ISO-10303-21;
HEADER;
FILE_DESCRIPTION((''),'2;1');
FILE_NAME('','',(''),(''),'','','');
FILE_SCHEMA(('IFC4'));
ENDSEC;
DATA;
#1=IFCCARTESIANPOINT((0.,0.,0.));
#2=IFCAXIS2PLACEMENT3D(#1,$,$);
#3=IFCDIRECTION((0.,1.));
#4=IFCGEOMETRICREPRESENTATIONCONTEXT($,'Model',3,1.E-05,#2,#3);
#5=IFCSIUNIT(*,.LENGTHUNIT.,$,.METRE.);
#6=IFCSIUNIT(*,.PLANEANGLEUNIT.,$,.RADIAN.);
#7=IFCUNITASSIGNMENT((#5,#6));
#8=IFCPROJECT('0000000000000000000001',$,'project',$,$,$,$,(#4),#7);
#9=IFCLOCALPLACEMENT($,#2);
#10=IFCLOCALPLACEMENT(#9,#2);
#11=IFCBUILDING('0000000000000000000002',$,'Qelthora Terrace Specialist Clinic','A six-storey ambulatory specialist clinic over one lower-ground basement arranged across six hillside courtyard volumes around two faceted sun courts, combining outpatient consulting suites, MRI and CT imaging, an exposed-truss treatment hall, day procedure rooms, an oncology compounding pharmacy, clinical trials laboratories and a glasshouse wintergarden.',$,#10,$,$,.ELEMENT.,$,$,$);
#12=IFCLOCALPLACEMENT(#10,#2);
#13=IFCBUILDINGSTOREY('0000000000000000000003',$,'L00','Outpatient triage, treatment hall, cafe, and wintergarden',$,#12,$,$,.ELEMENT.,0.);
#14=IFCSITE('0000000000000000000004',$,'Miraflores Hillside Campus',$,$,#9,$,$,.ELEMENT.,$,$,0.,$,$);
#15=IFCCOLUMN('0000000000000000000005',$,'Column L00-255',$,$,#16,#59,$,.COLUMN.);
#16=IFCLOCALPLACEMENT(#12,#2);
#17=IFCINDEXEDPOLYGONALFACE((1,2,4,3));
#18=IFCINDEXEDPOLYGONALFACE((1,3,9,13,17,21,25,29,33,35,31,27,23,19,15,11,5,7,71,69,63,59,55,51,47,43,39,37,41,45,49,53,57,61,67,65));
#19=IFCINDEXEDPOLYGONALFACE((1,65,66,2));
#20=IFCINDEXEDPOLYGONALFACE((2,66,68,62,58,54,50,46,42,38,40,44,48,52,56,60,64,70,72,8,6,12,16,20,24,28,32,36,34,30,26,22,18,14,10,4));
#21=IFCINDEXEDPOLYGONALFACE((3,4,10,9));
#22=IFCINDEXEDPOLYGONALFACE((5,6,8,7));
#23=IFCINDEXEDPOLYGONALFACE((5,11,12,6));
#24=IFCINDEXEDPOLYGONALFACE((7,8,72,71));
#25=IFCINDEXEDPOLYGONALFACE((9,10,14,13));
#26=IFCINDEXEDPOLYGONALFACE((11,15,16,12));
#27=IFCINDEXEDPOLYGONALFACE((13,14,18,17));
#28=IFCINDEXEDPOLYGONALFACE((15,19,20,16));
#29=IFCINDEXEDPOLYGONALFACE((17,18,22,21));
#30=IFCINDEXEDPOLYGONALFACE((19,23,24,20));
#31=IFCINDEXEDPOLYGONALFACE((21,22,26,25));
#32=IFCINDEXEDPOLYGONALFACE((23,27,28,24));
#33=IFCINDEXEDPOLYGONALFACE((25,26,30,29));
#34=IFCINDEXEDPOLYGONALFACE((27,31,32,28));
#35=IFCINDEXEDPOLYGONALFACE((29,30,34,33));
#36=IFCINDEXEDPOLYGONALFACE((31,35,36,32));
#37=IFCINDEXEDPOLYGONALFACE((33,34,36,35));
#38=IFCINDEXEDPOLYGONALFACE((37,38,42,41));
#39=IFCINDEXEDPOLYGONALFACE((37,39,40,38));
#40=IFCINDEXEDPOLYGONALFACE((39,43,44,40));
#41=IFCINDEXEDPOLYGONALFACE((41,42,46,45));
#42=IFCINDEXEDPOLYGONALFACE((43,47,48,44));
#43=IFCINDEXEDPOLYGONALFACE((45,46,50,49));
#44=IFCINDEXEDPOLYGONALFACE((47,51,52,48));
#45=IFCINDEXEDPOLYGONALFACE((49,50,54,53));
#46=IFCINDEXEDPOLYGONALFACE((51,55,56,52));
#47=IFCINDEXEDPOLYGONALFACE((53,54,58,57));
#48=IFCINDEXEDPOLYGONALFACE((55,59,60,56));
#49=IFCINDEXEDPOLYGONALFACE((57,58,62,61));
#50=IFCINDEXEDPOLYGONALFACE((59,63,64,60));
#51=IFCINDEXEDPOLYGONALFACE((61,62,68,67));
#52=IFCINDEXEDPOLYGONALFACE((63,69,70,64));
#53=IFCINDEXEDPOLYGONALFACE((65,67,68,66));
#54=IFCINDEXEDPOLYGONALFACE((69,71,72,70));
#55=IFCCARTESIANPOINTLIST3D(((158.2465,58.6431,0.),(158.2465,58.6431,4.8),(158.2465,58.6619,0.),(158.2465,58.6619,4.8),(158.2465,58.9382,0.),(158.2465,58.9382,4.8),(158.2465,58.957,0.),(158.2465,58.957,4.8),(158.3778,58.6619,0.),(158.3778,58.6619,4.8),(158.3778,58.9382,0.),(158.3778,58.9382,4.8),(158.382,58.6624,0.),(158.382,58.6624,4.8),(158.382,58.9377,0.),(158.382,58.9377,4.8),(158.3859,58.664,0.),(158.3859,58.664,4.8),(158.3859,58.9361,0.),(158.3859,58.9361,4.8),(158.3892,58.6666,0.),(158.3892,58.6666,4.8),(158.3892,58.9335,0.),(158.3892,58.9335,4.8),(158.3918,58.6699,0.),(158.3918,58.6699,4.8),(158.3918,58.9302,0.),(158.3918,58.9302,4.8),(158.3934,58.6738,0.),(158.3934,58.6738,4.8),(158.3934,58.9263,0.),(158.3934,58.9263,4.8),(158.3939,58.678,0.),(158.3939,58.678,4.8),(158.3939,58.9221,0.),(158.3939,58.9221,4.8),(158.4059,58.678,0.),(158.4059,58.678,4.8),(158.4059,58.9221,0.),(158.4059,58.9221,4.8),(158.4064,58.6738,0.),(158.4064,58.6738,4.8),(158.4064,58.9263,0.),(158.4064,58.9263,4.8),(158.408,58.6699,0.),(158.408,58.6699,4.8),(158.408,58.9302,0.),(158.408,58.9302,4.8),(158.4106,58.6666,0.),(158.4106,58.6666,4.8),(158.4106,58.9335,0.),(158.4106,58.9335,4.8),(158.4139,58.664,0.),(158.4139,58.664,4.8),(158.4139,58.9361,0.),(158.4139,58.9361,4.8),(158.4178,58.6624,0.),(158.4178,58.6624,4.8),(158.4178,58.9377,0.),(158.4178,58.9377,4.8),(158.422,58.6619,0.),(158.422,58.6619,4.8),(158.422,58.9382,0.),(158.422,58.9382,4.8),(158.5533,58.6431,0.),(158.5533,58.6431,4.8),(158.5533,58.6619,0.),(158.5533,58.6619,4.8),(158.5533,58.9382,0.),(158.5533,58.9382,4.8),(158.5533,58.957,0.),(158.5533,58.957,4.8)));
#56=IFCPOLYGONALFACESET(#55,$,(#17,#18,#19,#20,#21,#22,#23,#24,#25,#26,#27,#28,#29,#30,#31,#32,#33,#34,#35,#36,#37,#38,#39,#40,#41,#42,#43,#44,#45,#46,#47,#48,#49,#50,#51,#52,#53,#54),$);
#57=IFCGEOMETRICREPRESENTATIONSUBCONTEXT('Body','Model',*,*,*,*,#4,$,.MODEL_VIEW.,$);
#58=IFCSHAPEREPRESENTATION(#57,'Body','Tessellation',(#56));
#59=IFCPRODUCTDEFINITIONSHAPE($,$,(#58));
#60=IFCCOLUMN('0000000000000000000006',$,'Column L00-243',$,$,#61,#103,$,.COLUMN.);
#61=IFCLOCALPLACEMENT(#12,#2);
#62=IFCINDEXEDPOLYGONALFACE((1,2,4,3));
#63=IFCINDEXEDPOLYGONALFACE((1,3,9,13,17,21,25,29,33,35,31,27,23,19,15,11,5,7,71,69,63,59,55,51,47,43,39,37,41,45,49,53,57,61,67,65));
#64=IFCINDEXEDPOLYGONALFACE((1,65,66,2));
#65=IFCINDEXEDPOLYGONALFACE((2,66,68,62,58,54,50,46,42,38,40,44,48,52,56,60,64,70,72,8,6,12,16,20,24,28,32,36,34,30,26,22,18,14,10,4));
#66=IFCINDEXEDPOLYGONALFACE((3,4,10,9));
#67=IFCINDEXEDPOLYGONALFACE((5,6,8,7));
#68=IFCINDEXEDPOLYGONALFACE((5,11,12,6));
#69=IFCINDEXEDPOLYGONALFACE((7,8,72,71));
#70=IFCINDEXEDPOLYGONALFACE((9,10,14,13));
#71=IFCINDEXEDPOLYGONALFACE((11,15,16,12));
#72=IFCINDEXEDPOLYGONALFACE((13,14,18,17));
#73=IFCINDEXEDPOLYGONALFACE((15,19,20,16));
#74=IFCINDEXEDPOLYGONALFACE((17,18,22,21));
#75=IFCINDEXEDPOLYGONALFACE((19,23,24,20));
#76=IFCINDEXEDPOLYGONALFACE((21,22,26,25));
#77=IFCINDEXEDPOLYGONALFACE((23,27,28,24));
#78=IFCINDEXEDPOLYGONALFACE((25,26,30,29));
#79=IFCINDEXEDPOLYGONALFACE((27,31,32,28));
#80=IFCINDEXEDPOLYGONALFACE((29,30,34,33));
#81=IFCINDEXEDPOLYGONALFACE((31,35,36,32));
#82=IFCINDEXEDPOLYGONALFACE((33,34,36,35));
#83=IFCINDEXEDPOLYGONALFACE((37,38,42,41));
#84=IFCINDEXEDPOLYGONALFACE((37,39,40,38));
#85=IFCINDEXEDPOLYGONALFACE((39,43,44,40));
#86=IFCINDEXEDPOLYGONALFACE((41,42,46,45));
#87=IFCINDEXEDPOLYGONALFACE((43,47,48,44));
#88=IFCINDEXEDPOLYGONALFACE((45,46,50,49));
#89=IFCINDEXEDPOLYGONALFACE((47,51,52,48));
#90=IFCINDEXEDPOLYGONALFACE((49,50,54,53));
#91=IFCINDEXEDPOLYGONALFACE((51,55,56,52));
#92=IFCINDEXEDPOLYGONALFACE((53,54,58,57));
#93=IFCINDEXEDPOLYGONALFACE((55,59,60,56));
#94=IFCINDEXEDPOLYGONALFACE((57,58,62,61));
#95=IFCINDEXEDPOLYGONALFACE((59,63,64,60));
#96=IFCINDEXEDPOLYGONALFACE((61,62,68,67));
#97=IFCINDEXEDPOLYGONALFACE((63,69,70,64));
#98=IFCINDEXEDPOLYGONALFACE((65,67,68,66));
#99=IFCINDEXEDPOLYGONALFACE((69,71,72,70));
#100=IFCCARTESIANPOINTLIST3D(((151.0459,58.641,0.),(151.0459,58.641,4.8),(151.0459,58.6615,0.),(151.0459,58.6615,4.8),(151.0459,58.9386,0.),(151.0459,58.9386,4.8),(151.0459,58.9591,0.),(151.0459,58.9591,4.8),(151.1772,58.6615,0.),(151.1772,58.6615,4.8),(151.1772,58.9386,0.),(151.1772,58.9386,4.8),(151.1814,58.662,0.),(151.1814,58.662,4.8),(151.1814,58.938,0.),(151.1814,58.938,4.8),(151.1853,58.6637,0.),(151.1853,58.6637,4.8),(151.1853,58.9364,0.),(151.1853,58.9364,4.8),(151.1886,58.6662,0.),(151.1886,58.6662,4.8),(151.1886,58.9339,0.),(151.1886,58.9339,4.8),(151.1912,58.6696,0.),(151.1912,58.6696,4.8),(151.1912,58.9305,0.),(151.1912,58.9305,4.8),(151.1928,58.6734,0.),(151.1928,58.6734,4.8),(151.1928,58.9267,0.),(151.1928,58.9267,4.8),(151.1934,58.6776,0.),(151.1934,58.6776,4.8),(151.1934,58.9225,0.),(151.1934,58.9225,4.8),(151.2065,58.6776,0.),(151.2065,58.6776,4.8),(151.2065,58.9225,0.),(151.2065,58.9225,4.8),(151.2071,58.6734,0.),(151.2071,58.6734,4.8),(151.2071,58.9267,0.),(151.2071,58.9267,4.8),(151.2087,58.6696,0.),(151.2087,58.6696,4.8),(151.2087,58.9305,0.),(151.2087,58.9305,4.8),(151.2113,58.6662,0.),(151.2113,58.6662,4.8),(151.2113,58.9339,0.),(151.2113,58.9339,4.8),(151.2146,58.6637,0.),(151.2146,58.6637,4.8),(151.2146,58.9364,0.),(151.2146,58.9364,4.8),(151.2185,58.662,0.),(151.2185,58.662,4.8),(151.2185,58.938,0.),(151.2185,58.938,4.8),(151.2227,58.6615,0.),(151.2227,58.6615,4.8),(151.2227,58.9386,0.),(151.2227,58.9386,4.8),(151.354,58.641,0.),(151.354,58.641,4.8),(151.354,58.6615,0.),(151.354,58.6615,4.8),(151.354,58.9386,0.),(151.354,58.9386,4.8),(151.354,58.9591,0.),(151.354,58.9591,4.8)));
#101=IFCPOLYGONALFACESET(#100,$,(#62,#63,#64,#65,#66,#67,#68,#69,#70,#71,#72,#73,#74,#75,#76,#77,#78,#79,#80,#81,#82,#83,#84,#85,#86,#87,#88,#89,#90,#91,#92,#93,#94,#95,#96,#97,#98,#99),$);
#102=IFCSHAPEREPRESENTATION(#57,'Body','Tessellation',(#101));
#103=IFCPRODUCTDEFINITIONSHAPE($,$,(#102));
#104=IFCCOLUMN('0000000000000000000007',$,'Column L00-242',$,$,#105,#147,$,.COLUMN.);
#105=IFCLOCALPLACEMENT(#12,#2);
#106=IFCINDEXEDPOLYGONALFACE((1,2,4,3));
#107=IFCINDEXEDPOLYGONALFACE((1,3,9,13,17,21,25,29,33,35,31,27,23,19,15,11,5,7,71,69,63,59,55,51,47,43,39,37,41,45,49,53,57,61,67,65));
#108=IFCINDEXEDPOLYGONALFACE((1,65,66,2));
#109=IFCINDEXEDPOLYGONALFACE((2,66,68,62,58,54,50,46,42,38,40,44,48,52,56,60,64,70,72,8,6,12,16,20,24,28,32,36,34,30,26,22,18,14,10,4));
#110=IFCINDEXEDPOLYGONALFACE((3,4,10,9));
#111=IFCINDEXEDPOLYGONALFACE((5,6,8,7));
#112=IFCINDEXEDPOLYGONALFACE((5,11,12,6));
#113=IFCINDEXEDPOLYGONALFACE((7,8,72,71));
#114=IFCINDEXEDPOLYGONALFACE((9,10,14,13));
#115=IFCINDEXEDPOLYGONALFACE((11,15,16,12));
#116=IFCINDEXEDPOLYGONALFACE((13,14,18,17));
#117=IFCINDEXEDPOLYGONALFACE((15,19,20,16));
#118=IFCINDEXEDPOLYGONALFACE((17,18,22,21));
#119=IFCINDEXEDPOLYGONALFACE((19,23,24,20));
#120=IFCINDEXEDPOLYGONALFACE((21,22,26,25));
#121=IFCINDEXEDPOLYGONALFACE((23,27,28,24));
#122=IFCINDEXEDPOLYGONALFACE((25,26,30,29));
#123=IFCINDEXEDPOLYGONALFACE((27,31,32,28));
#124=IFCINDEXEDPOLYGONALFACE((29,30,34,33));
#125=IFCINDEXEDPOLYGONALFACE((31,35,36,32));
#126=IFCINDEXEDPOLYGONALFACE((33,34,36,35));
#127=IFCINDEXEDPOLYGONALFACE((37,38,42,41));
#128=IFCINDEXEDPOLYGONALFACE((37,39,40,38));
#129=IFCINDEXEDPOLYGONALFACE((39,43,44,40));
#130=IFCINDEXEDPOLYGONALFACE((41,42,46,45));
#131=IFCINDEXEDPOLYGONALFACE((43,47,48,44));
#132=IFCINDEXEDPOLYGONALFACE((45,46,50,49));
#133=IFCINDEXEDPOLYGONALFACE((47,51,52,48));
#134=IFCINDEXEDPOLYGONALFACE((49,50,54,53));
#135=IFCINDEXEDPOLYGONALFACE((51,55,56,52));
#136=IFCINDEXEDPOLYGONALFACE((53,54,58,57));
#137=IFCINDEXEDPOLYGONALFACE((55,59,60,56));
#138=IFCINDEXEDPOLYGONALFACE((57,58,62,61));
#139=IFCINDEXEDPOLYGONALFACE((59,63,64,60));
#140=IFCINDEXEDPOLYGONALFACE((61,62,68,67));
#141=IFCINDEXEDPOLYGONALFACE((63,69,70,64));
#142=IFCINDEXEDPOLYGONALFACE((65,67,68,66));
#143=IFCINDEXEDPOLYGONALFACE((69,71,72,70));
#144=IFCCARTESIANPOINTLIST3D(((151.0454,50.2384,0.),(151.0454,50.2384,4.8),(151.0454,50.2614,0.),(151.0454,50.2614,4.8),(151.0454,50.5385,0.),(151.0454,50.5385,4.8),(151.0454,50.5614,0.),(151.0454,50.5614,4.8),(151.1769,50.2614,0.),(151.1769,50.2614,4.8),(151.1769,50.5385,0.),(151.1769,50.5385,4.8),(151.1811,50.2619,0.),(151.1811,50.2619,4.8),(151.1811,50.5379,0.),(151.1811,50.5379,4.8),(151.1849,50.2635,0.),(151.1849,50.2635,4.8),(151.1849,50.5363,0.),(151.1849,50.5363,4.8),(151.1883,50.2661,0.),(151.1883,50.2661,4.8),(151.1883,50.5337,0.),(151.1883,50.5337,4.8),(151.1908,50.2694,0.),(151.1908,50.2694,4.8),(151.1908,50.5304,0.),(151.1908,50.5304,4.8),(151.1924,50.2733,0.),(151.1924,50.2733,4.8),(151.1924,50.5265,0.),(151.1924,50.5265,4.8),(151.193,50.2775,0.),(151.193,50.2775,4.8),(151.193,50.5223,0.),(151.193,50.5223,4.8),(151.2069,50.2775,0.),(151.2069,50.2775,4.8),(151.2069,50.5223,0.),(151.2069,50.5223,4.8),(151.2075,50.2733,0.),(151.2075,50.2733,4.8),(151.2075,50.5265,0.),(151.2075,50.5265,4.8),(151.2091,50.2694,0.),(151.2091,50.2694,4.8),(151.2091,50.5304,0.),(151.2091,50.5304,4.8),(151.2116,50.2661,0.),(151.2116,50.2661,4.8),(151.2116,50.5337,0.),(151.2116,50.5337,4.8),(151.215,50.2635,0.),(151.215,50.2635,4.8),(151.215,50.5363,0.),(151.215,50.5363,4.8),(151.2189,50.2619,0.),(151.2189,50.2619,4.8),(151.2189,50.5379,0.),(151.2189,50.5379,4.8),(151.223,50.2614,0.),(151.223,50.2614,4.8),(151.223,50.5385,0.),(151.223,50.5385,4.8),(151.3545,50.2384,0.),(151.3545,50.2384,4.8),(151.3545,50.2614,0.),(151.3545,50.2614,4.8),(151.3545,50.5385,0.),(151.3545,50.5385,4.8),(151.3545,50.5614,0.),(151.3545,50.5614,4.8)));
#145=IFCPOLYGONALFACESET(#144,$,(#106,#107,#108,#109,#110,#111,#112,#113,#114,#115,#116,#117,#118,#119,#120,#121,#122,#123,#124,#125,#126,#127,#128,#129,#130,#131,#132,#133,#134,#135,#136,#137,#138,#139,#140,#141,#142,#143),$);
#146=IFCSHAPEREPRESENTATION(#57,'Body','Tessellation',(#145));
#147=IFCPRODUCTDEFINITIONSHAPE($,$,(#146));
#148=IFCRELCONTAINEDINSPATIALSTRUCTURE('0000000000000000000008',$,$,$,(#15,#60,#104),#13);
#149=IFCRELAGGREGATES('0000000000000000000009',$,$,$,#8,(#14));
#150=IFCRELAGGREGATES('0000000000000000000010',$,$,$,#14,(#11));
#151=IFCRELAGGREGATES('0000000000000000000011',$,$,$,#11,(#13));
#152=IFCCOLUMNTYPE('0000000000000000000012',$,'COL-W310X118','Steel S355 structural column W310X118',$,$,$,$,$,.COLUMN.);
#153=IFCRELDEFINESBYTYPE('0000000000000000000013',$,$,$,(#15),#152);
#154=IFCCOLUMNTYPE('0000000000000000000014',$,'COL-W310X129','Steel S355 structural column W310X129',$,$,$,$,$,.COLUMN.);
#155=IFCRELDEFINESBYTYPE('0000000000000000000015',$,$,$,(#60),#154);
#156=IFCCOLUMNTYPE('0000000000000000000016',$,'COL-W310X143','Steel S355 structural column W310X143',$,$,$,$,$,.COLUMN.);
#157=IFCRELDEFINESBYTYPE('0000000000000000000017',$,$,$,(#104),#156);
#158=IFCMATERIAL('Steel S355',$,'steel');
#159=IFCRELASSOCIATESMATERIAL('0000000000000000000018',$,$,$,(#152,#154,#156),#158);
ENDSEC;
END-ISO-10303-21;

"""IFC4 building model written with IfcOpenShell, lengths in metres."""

from ifc_helpers import new_model, si_unit, direction, frame, origin, origin_2d, place, context, subcontext, project, spatial, i_section, extrude, material, material_profile, profile_set, type_object, element, save


model = new_model("IFC4")

# Units and contexts
model_context = context("Model", 3, precision=1e-05, world=origin(), true_north=direction((0.0, 1.0)))
body_context = subcontext(model_context, "Body", "Model", "MODEL_VIEW")
ifc_project = project(units=[si_unit("LENGTHUNIT", "METRE"), si_unit("PLANEANGLEUNIT", "RADIAN")], contexts=[model_context])

# Site, building, storey
site_placement = place(None, origin())
site = spatial("IfcSite", under=ifc_project, at=site_placement, Name="Miraflores Hillside Campus", CompositionType="ELEMENT", RefElevation=0.0)
building_placement = place(site_placement, origin())
building = spatial("IfcBuilding", under=site, at=building_placement, Name="Qelthora Terrace Specialist Clinic", Description="A six-storey ambulatory specialist clinic over one lower-ground basement arranged across six hillside courtyard volumes around two faceted sun courts, combining outpatient consulting suites, MRI and CT imaging, an exposed-truss treatment hall, day procedure rooms, an oncology compounding pharmacy, clinical trials laboratories and a glasshouse wintergarden.", CompositionType="ELEMENT")
storey_placement = place(building_placement, origin())
storey = spatial("IfcBuildingStorey", under=building, at=storey_placement, Name="L00", Description="Outpatient triage, treatment hall, cafe, and wintergarden", CompositionType="ELEMENT", Elevation=0.0)

# Columns
ifc_material_1 = material(Name="Steel S355", Category="steel")
ifc_material_profile_1 = material_profile(ifc_material_1, i_section(OverallWidth=0.3069, OverallDepth=0.314, WebThickness=0.012, FlangeThickness=0.0188, FilletRadius=0.0161, at=origin_2d()), Name="W310X118")
ifc_profile_set_1 = profile_set([ifc_material_profile_1], Name="Steel S355")
column_type_1 = type_object("IfcColumnType", Name="COL-W310X118", Description="Steel S355 structural column W310X118", PredefinedType="COLUMN", material=ifc_profile_set_1)
column_1_placement = place(storey_placement, frame((158.3999, 58.8, 0.0), z_axis=(0.0, 0.0, 1.0), x_axis=(1.0, 0.0, 0.0)))
element("IfcColumn", 1, at=column_1_placement, inside=storey, type_object=column_type_1, Name="Column L00-255", PredefinedType="COLUMN", context=body_context, shape_type="SweptSolid", body=[
    extrude(i_section(OverallWidth=0.3069, OverallDepth=0.314, WebThickness=0.012, FlangeThickness=0.0188, FilletRadius=0.0161, at=origin_2d()), origin(), (0.0, 0.0, 1.0), 4.8),
])
ifc_material_profile_2 = material_profile(ifc_material_1, i_section(OverallWidth=0.3081, OverallDepth=0.3181, WebThickness=0.0132, FlangeThickness=0.0205, FilletRadius=0.0161, at=origin_2d()), Name="W310X129")
ifc_profile_set_2 = profile_set([ifc_material_profile_2], Name="Steel S355")
column_type_2 = type_object("IfcColumnType", Name="COL-W310X129", Description="Steel S355 structural column W310X129", PredefinedType="COLUMN", material=ifc_profile_set_2)
column_2_placement = place(storey_placement, frame((151.2, 58.8, 0.0), z_axis=(0.0, 0.0, 1.0), x_axis=(1.0, 0.0, 0.0)))
element("IfcColumn", 2, at=column_2_placement, inside=storey, type_object=column_type_2, Name="Column L00-243", PredefinedType="COLUMN", context=body_context, shape_type="SweptSolid", body=[
    extrude(i_section(OverallWidth=0.3081, OverallDepth=0.3181, WebThickness=0.0132, FlangeThickness=0.0205, FilletRadius=0.0161, at=origin_2d()), origin(), (0.0, 0.0, 1.0), 4.8),
])
ifc_material_profile_3 = material_profile(ifc_material_1, i_section(OverallWidth=0.3091, OverallDepth=0.323, WebThickness=0.0139, FlangeThickness=0.0229, FilletRadius=0.0161, at=origin_2d()), Name="W310X143")
ifc_profile_set_3 = profile_set([ifc_material_profile_3], Name="Steel S355")
column_type_3 = type_object("IfcColumnType", Name="COL-W310X143", Description="Steel S355 structural column W310X143", PredefinedType="COLUMN", material=ifc_profile_set_3)
column_3_placement = place(storey_placement, frame((151.2, 50.3999, 0.0), z_axis=(0.0, 0.0, 1.0), x_axis=(1.0, 0.0, 0.0)))
element("IfcColumn", 3, at=column_3_placement, inside=storey, type_object=column_type_3, Name="Column L00-242", PredefinedType="COLUMN", context=body_context, shape_type="SweptSolid", body=[
    extrude(i_section(OverallWidth=0.3091, OverallDepth=0.323, WebThickness=0.0139, FlangeThickness=0.0229, FilletRadius=0.0161, at=origin_2d()), origin(), (0.0, 0.0, 1.0), 4.8),
])

save(model, "model.ifc")
